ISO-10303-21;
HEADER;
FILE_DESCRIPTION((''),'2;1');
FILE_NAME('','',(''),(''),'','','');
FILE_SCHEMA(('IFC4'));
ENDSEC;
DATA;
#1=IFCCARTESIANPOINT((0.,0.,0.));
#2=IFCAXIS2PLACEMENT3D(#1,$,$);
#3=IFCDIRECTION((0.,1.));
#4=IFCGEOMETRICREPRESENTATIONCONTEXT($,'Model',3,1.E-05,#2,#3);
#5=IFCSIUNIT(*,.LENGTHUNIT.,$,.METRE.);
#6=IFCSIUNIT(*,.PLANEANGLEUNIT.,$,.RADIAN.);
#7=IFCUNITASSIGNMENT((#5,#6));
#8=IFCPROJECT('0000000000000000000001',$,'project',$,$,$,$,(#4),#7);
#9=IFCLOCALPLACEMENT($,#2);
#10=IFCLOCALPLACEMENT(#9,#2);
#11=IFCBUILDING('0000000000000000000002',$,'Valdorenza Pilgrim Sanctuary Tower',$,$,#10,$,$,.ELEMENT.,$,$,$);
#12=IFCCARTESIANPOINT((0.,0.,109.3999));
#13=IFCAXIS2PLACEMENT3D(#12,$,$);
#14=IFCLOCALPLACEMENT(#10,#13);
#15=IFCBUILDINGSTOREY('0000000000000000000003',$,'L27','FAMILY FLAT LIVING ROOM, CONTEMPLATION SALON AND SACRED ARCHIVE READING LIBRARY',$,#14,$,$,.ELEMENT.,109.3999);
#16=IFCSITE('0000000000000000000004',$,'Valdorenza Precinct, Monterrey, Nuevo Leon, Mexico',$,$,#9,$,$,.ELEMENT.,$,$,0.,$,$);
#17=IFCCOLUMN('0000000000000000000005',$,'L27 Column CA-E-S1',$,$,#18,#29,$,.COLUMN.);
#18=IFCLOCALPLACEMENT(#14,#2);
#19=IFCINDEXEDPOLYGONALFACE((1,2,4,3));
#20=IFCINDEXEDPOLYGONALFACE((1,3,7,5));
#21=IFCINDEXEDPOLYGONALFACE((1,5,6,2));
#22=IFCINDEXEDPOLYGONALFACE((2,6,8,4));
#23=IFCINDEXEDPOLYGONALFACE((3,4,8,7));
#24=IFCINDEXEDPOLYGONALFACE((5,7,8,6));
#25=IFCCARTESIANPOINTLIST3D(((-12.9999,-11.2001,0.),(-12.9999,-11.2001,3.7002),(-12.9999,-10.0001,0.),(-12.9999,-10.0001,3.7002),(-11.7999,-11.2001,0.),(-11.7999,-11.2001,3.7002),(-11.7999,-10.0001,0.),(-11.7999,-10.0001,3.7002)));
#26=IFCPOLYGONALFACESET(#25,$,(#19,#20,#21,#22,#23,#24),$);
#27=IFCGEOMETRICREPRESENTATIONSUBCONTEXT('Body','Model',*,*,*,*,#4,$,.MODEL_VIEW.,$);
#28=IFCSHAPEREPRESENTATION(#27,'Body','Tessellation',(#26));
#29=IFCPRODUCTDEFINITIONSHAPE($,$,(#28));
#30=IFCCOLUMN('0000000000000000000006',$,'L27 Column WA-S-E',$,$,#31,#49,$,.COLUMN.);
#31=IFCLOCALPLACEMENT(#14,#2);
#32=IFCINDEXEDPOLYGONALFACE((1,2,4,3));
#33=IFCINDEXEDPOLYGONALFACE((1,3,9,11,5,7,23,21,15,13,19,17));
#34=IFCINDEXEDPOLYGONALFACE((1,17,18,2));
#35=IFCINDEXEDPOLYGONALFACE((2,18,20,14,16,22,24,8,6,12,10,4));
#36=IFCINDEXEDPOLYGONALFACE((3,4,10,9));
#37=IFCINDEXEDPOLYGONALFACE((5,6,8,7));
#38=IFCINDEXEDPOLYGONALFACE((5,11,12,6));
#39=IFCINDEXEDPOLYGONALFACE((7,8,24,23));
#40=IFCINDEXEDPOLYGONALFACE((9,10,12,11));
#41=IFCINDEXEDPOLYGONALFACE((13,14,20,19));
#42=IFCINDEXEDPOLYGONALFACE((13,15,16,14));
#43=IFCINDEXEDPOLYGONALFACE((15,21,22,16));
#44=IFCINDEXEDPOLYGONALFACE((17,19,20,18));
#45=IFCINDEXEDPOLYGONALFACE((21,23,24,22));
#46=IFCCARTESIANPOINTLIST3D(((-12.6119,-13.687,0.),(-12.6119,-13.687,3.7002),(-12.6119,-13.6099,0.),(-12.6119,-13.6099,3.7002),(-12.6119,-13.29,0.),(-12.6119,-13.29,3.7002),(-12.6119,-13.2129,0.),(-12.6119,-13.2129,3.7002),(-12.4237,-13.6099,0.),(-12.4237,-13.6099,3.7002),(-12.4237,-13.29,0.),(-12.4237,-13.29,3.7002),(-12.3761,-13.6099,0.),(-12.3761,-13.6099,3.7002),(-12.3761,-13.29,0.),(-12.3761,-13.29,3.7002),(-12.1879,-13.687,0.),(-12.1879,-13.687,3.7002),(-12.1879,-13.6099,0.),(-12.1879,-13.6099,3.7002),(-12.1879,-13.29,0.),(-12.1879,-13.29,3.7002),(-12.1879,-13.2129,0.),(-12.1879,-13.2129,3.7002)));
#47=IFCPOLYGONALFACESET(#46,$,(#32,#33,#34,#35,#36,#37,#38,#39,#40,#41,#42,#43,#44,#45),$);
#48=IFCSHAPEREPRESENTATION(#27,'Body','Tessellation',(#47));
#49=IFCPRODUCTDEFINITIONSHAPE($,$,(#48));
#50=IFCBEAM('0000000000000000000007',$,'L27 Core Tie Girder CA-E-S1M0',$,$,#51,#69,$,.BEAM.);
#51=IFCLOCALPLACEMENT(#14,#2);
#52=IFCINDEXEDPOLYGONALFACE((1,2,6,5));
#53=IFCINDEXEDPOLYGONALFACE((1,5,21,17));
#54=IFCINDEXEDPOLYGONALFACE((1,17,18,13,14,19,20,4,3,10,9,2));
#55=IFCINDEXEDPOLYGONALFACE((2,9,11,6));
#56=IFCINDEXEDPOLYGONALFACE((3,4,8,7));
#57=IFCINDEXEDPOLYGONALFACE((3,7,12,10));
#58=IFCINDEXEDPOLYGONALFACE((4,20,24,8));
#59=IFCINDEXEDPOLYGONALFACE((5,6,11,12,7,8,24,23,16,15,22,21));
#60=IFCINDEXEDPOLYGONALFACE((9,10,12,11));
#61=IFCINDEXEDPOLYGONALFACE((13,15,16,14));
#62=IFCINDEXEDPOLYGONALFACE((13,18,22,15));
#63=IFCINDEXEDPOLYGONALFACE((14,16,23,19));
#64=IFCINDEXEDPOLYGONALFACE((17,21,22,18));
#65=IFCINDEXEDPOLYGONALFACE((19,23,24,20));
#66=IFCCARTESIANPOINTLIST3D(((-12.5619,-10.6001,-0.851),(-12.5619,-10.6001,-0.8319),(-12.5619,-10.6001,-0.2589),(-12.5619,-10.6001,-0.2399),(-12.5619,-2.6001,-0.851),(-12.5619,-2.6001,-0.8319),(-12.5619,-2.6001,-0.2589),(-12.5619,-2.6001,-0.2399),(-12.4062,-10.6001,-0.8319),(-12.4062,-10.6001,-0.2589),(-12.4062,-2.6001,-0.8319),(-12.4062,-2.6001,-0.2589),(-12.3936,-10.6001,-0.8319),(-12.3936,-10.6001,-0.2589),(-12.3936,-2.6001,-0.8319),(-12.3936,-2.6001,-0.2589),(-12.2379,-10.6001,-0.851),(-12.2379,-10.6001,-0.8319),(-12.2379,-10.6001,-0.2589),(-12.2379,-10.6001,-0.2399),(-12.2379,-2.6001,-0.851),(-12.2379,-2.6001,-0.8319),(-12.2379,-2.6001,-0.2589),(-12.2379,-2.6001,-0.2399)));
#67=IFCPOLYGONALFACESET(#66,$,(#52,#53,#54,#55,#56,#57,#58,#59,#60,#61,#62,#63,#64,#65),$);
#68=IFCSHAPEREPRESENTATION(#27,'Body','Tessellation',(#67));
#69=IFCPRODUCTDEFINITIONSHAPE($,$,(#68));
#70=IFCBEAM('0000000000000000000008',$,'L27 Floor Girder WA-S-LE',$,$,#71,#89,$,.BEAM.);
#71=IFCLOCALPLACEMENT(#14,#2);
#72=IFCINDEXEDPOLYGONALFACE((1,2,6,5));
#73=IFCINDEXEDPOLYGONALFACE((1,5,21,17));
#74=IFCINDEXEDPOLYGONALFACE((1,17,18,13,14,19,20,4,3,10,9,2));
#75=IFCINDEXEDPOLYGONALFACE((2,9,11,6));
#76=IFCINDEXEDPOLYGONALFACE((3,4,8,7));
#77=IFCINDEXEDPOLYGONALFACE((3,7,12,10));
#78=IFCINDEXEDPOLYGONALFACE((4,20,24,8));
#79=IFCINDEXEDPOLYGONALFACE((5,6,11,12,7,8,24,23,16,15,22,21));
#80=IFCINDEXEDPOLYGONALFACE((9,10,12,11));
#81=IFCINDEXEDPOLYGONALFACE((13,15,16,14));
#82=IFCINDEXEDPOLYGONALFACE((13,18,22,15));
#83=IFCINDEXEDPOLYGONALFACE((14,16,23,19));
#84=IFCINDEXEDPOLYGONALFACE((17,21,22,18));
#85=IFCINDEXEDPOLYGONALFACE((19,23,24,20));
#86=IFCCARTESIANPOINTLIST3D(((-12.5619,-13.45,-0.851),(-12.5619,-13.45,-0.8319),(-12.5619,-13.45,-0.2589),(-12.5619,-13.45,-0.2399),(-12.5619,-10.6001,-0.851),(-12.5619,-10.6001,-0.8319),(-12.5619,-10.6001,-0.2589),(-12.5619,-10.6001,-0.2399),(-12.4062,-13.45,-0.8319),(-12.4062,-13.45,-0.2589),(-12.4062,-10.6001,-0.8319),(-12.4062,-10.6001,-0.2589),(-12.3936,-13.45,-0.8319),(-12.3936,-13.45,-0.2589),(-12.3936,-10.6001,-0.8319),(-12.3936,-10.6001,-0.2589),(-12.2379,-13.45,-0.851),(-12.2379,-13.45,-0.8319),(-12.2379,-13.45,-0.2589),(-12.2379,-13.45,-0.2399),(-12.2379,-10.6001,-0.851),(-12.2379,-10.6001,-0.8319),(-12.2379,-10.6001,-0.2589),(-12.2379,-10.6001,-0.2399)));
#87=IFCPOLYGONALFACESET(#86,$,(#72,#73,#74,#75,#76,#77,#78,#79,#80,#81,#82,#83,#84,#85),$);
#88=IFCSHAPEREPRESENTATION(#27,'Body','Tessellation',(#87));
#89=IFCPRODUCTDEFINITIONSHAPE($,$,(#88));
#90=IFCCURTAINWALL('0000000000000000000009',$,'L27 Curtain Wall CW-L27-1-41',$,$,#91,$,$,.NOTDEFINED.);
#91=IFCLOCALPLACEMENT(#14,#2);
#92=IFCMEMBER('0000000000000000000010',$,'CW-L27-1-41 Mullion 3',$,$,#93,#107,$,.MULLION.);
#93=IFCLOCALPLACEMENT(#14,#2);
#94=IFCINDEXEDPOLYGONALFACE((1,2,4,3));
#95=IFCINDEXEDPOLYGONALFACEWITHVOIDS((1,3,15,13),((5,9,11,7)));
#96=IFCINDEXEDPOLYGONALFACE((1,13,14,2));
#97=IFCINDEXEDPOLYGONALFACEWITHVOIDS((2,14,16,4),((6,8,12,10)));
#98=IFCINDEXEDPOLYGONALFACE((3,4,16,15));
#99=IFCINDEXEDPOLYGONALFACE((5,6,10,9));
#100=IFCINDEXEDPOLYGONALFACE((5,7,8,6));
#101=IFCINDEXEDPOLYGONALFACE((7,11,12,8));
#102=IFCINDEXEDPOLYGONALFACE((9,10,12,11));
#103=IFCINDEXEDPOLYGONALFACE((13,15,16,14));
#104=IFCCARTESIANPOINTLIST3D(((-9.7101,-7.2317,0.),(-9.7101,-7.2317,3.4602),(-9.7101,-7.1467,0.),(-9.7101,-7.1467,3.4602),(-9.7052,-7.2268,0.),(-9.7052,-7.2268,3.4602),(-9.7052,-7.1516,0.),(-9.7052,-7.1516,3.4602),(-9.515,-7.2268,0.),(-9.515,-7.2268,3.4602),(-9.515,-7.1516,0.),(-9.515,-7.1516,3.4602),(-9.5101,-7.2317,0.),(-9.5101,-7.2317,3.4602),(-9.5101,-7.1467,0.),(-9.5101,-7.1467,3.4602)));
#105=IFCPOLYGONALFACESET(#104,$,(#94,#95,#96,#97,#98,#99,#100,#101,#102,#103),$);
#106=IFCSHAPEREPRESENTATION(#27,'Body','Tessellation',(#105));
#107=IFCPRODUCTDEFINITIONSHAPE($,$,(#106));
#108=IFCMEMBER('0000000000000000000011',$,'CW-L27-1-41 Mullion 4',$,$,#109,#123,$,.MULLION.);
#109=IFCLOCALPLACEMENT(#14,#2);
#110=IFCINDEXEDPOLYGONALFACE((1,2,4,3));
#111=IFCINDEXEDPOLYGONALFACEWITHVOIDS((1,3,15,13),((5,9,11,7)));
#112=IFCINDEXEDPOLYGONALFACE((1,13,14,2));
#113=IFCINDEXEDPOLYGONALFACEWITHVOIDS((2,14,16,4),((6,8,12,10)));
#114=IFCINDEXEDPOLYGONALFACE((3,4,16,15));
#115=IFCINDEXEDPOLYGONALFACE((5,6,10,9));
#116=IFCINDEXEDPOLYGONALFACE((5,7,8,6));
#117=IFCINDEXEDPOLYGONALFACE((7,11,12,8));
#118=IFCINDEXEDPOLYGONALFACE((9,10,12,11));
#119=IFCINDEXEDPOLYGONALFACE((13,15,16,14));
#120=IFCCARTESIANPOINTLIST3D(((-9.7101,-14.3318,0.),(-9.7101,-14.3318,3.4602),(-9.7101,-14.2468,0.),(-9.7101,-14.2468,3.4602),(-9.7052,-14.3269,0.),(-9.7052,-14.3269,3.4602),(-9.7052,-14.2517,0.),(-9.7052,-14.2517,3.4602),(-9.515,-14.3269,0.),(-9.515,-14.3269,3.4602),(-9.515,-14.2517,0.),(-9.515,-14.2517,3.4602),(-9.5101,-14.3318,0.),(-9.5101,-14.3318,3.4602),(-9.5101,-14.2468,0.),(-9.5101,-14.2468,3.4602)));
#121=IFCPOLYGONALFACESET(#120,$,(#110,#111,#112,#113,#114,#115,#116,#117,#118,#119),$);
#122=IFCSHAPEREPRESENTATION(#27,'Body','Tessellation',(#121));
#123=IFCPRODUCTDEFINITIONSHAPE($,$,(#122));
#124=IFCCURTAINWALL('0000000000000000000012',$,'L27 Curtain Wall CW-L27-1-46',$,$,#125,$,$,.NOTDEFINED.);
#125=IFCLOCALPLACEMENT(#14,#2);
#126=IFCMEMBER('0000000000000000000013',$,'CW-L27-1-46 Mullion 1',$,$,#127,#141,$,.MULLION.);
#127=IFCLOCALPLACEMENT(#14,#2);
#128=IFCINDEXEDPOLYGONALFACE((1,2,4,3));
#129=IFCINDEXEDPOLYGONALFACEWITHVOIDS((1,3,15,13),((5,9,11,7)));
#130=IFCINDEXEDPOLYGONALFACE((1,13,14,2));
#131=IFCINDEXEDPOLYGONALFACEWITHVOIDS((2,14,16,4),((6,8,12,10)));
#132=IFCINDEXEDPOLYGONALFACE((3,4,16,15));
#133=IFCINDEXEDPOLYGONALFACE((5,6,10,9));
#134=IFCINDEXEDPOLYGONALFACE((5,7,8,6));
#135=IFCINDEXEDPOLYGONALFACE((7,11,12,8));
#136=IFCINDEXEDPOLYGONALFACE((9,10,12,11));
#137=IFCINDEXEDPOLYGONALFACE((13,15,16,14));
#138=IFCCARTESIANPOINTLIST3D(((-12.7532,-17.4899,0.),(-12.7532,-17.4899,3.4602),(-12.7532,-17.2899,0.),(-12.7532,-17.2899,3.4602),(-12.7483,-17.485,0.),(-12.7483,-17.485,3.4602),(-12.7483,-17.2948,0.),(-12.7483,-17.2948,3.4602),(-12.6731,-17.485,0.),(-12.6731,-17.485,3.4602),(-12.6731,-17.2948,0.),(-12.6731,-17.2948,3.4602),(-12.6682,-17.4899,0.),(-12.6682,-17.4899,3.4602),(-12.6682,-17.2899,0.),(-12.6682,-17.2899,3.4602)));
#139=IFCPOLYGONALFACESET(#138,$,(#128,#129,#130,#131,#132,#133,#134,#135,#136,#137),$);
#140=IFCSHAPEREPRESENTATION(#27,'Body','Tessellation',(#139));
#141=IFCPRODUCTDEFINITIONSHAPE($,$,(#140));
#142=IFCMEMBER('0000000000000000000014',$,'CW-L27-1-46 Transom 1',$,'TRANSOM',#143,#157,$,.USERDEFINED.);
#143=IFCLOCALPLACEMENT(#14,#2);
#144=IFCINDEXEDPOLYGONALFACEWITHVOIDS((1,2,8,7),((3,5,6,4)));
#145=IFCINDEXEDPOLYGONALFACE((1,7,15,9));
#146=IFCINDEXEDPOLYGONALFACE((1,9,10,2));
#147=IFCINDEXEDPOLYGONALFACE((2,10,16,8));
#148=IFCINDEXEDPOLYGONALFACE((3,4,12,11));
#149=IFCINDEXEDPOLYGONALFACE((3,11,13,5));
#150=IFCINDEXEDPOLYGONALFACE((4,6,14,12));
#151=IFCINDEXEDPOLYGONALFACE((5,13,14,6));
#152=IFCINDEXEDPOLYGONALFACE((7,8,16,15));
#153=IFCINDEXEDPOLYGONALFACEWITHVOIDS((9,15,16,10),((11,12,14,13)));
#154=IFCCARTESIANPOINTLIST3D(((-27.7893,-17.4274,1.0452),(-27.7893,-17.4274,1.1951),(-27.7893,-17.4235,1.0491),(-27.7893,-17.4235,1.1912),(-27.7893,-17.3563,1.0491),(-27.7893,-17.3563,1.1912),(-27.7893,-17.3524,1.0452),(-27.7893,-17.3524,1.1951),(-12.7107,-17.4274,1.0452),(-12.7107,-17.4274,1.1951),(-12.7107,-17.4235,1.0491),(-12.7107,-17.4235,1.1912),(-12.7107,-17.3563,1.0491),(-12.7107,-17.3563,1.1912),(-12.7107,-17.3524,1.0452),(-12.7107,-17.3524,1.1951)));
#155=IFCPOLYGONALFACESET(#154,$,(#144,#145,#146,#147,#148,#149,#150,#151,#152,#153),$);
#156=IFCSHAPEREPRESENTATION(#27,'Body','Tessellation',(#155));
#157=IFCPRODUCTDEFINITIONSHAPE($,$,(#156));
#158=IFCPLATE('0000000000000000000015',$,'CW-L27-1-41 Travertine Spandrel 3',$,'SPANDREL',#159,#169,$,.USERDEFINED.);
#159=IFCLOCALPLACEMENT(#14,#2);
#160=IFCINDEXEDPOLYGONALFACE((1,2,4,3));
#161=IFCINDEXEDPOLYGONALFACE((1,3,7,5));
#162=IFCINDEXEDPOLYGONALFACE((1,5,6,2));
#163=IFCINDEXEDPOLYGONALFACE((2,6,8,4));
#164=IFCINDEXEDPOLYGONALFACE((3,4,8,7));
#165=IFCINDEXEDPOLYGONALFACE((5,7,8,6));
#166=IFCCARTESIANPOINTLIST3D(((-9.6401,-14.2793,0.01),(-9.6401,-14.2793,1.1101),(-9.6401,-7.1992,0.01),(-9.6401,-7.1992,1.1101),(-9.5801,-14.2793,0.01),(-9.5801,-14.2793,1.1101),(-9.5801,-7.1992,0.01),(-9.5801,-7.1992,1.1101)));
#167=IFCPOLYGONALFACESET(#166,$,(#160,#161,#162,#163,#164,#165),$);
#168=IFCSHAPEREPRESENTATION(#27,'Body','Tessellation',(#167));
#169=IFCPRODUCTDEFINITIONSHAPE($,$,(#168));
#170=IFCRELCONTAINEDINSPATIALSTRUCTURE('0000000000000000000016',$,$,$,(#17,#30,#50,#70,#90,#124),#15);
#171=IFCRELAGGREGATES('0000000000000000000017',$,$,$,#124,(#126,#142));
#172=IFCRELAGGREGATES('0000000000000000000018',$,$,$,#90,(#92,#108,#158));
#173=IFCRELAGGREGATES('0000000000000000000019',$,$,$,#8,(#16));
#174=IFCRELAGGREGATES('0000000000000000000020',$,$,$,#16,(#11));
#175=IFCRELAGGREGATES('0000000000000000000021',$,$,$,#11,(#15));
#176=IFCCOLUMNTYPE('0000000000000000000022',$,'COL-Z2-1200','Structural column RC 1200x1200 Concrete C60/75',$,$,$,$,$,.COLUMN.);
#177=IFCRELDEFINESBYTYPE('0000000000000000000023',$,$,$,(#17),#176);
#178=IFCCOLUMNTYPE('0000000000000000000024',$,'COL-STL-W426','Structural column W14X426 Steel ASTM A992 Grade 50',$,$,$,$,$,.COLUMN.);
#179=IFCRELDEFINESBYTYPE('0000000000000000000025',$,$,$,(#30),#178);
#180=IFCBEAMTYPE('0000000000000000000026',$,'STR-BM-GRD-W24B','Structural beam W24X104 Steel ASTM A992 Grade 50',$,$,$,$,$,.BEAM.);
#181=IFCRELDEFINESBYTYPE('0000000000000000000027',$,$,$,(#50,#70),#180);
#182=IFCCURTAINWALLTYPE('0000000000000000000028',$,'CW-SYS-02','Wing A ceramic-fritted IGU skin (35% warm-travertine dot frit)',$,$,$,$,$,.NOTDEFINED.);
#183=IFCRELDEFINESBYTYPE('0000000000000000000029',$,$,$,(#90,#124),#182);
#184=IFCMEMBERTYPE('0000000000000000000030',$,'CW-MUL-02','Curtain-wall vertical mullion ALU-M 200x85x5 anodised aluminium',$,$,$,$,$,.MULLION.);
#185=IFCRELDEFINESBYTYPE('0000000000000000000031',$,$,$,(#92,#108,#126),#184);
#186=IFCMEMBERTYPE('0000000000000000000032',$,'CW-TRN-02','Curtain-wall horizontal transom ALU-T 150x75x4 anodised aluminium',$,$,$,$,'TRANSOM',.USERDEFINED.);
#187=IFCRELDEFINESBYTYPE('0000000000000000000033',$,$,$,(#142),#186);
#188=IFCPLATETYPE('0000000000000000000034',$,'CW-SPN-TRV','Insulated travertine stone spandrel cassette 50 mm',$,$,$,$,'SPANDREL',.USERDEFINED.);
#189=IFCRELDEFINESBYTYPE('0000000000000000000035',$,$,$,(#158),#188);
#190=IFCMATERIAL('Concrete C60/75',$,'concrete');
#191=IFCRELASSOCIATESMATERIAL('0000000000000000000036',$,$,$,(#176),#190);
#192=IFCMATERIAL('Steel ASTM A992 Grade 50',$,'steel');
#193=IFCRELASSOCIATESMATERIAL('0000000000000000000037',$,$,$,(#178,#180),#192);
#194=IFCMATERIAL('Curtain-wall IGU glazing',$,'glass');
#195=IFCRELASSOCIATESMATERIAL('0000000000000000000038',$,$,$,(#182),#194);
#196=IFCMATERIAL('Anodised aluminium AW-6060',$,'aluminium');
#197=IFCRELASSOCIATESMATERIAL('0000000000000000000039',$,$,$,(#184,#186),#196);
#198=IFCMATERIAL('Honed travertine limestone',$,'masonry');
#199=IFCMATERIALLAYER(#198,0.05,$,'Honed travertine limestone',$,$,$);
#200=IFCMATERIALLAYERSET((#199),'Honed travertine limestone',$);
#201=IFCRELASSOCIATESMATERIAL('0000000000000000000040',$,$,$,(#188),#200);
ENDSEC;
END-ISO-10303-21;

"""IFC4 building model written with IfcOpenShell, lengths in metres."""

from ifc_helpers import new_model, si_unit, direction, frame, origin, origin_2d, place, context, subcontext, project, spatial, rectangle, hollow_rectangle, i_section, extrude, source, transform, mapped, material, layer, layer_set, material_profile, profile_set, type_object, element, aggregate, save


model = new_model("IFC4")

# Units and contexts
model_context = context("Model", 3, precision=1e-05, world=origin(), true_north=direction((0.0, 1.0)))
body_context = subcontext(model_context, "Body", "Model", "MODEL_VIEW")
ifc_project = project(units=[si_unit("LENGTHUNIT", "METRE"), si_unit("PLANEANGLEUNIT", "RADIAN")], contexts=[model_context])

# Site, building, storey
site_placement = place(None, origin())
site = spatial("IfcSite", under=ifc_project, at=site_placement, Name="Valdorenza Precinct, Monterrey, Nuevo Leon, Mexico", CompositionType="ELEMENT", RefElevation=0.0)
building_placement = place(site_placement, origin())
building = spatial("IfcBuilding", under=site, at=building_placement, Name="Valdorenza Pilgrim Sanctuary Tower", CompositionType="ELEMENT")
storey_placement = place(building_placement, frame((0.0, 0.0, 109.3999)))
storey = spatial("IfcBuildingStorey", under=building, at=storey_placement, Name="L27", Description="FAMILY FLAT LIVING ROOM, CONTEMPLATION SALON AND SACRED ARCHIVE READING LIBRARY", CompositionType="ELEMENT", Elevation=109.3999)

# Columns
ifc_material_1 = material(Name="Concrete C60/75", Category="concrete")
ifc_material_profile_1 = material_profile(ifc_material_1, rectangle(XDim=1.2, YDim=1.2, at=origin_2d()), Name="RC 1200x1200")
ifc_profile_set_1 = profile_set([ifc_material_profile_1], Name="Concrete C60/75")
column_type_1 = type_object("IfcColumnType", Name="COL-Z2-1200", Description="Structural column RC 1200x1200 Concrete C60/75", PredefinedType="COLUMN", material=ifc_profile_set_1)
shared_shape_1 = source(origin(), body_context, "Body", "SweptSolid", [
    extrude(rectangle(XDim=1.2, YDim=1.2, at=origin_2d()), origin(), (0.0, 0.0, 1.0), 3.7002),
])
column_1_placement = place(storey_placement, frame((-12.3999, -10.6001, 0.0), z_axis=(0.0, 0.0, 1.0), x_axis=(1.0, 0.0, 0.0)))
element("IfcColumn", 1, at=column_1_placement, inside=storey, type_object=column_type_1, Name="L27 Column CA-E-S1", PredefinedType="COLUMN", context=body_context, shape_type="MappedRepresentation", body=[
    mapped(shared_shape_1, transform((0.0, 0.0, 0.0), x_axis=(1.0, 0.0, 0.0), y_axis=(0.0, 1.0, 0.0), z_axis=(0.0, 0.0, 1.0), scale=1.0)),
])
ifc_material_2 = material(Name="Steel ASTM A992 Grade 50", Category="steel")
ifc_material_profile_2 = material_profile(ifc_material_2, i_section(OverallWidth=0.4241, OverallDepth=0.4741, WebThickness=0.0476, FlangeThickness=0.0771, at=origin_2d()), Name="W14X426")
ifc_profile_set_2 = profile_set([ifc_material_profile_2], Name="Steel ASTM A992 Grade 50")
column_type_2 = type_object("IfcColumnType", Name="COL-STL-W426", Description="Structural column W14X426 Steel ASTM A992 Grade 50", PredefinedType="COLUMN", material=ifc_profile_set_2)
shared_shape_2 = source(origin(), body_context, "Body", "SweptSolid", [
    extrude(i_section(OverallWidth=0.4241, OverallDepth=0.4741, WebThickness=0.0476, FlangeThickness=0.0771, at=origin_2d()), origin(), (0.0, 0.0, 1.0), 3.7002),
])
column_2_placement = place(storey_placement, frame((-12.3999, -13.45, 0.0), z_axis=(0.0, 0.0, 1.0), x_axis=(1.0, 0.0, 0.0)))
element("IfcColumn", 2, at=column_2_placement, inside=storey, type_object=column_type_2, Name="L27 Column WA-S-E", PredefinedType="COLUMN", context=body_context, shape_type="MappedRepresentation", body=[
    mapped(shared_shape_2, transform((0.0, 0.0, 0.0), x_axis=(1.0, 0.0, 0.0), y_axis=(0.0, 1.0, 0.0), z_axis=(0.0, 0.0, 1.0), scale=1.0)),
])

# Beams
ifc_material_profile_3 = material_profile(ifc_material_2, i_section(OverallWidth=0.324, OverallDepth=0.6111, WebThickness=0.0127, FlangeThickness=0.019, at=origin_2d()), Name="W24X104")
ifc_profile_set_3 = profile_set([ifc_material_profile_3], Name="Steel ASTM A992 Grade 50")
beam_type = type_object("IfcBeamType", Name="STR-BM-GRD-W24B", Description="Structural beam W24X104 Steel ASTM A992 Grade 50", PredefinedType="BEAM", material=ifc_profile_set_3)
shared_shape_3 = source(origin(), body_context, "Body", "SweptSolid", [
    extrude(i_section(OverallWidth=0.324, OverallDepth=0.6111, WebThickness=0.0127, FlangeThickness=0.019, at=origin_2d()), origin(), (0.0, 0.0, 1.0), 8.0),
])
beam_1_placement = place(storey_placement, frame((-12.3999, -10.6001, -0.5454), z_axis=(0.0, 1.0, 0.0), x_axis=(-1.0, 0.0, 0.0)))
element("IfcBeam", 3, at=beam_1_placement, inside=storey, type_object=beam_type, Name="L27 Core Tie Girder CA-E-S1M0", PredefinedType="BEAM", context=body_context, shape_type="MappedRepresentation", body=[
    mapped(shared_shape_3, transform((0.0, 0.0, 0.0), x_axis=(1.0, 0.0, 0.0), y_axis=(0.0, 1.0, 0.0), z_axis=(0.0, 0.0, 1.0), scale=1.0)),
])
shared_shape_4 = source(origin(), body_context, "Body", "SweptSolid", [
    extrude(i_section(OverallWidth=0.324, OverallDepth=0.6111, WebThickness=0.0127, FlangeThickness=0.019, at=origin_2d()), origin(), (0.0, 0.0, 1.0), 2.8499),
])
beam_2_placement = place(storey_placement, frame((-12.3999, -13.45, -0.5454), z_axis=(0.0, 1.0, 0.0), x_axis=(-1.0, 0.0, 0.0)))
element("IfcBeam", 4, at=beam_2_placement, inside=storey, type_object=beam_type, Name="L27 Floor Girder WA-S-LE", PredefinedType="BEAM", context=body_context, shape_type="MappedRepresentation", body=[
    mapped(shared_shape_4, transform((0.0, 0.0, 0.0), x_axis=(1.0, 0.0, 0.0), y_axis=(0.0, 1.0, 0.0), z_axis=(0.0, 0.0, 1.0), scale=1.0)),
])

# Curtain walls, members
ifc_material_3 = material(Name="Curtain-wall IGU glazing", Category="glass")
curtain_wall_type = type_object("IfcCurtainWallType", Name="CW-SYS-02", Description="Wing A ceramic-fritted IGU skin (35% warm-travertine dot frit)", PredefinedType="NOTDEFINED", material=ifc_material_3)
curtain_wall_1_placement = place(storey_placement, origin())
curtain_wall_1 = element("IfcCurtainWall", 5, at=curtain_wall_1_placement, inside=storey, type_object=curtain_wall_type, Name="L27 Curtain Wall CW-L27-1-41", PredefinedType="NOTDEFINED")
ifc_material_4 = material(Name="Anodised aluminium AW-6060", Category="aluminium")
ifc_material_profile_4 = material_profile(ifc_material_4, hollow_rectangle(XDim=0.085, YDim=0.2, WallThickness=0.0049, at=origin_2d()), Name="ALU-M 200x85x5")
ifc_profile_set_4 = profile_set([ifc_material_profile_4], Name="Anodised aluminium AW-6060")
member_type_1 = type_object("IfcMemberType", Name="CW-MUL-02", Description="Curtain-wall vertical mullion ALU-M 200x85x5 anodised aluminium", PredefinedType="MULLION", material=ifc_profile_set_4)
shared_shape_5 = source(origin(), body_context, "Body", "SweptSolid", [
    extrude(hollow_rectangle(XDim=0.085, YDim=0.2, WallThickness=0.0049, at=origin_2d()), origin(), (0.0, 0.0, 1.0), 3.4602),
])
member_1_placement = place(storey_placement, frame((-9.6101, -7.1892, 0.0), z_axis=(0.0, 0.0, 1.0), x_axis=(0.0, -1.0, 0.0)))
member_1 = element("IfcMember", 6, at=member_1_placement, type_object=member_type_1, Name="CW-L27-1-41 Mullion 3", PredefinedType="MULLION", context=body_context, shape_type="MappedRepresentation", body=[
    mapped(shared_shape_5, transform((0.0, 0.0, 0.0), x_axis=(1.0, 0.0, 0.0), y_axis=(0.0, 1.0, 0.0), z_axis=(0.0, 0.0, 1.0), scale=1.0)),
])
member_2_placement = place(storey_placement, frame((-9.6101, -14.2893, 0.0), z_axis=(0.0, 0.0, 1.0), x_axis=(0.0, -1.0, 0.0)))
member_2 = element("IfcMember", 7, at=member_2_placement, type_object=member_type_1, Name="CW-L27-1-41 Mullion 4", PredefinedType="MULLION", context=body_context, shape_type="MappedRepresentation", body=[
    mapped(shared_shape_5, transform((0.0, 0.0, 0.0), x_axis=(1.0, 0.0, 0.0), y_axis=(0.0, 1.0, 0.0), z_axis=(0.0, 0.0, 1.0), scale=1.0)),
])
curtain_wall_2_placement = place(storey_placement, origin())
curtain_wall_2 = element("IfcCurtainWall", 8, at=curtain_wall_2_placement, inside=storey, type_object=curtain_wall_type, Name="L27 Curtain Wall CW-L27-1-46", PredefinedType="NOTDEFINED")
member_3_placement = place(storey_placement, frame((-12.7107, -17.3899, 0.0), z_axis=(0.0, 0.0, 1.0), x_axis=(-1.0, 0.0, 0.0)))
member_3 = element("IfcMember", 9, at=member_3_placement, type_object=member_type_1, Name="CW-L27-1-46 Mullion 1", PredefinedType="MULLION", context=body_context, shape_type="MappedRepresentation", body=[
    mapped(shared_shape_5, transform((0.0, 0.0, 0.0), x_axis=(1.0, 0.0, 0.0), y_axis=(0.0, 1.0, 0.0), z_axis=(0.0, 0.0, 1.0), scale=1.0)),
])
ifc_material_profile_5 = material_profile(ifc_material_4, hollow_rectangle(XDim=0.075, YDim=0.1499, WallThickness=0.0039, at=origin_2d()), Name="ALU-T 150x75x4")
ifc_profile_set_5 = profile_set([ifc_material_profile_5], Name="Anodised aluminium AW-6060")
member_type_2 = type_object("IfcMemberType", Name="CW-TRN-02", Description="Curtain-wall horizontal transom ALU-T 150x75x4 anodised aluminium", ElementType="TRANSOM", PredefinedType="USERDEFINED", material=ifc_profile_set_5)
shared_shape_6 = source(origin(), body_context, "Body", "SweptSolid", [
    extrude(hollow_rectangle(XDim=0.075, YDim=0.1499, WallThickness=0.0039, at=origin_2d()), origin(), (0.0, 0.0, 1.0), 15.0786),
])
member_4_placement = place(storey_placement, frame((-12.7107, -17.3899, 1.1201), z_axis=(-1.0, 0.0, 0.0), x_axis=(0.0, -1.0, 0.0)))
member_4 = element("IfcMember", 10, at=member_4_placement, type_object=member_type_2, Name="CW-L27-1-46 Transom 1", ObjectType="TRANSOM", PredefinedType="USERDEFINED", context=body_context, shape_type="MappedRepresentation", body=[
    mapped(shared_shape_6, transform((0.0, 0.0, 0.0), x_axis=(1.0, 0.0, 0.0), y_axis=(0.0, 1.0, 0.0), z_axis=(0.0, 0.0, 1.0), scale=1.0)),
])
aggregate(curtain_wall_2, [member_3, member_4])

# Plate
ifc_material_5 = material(Name="Honed travertine limestone", Category="masonry")
ifc_layer_1 = layer(ifc_material_5, 0.05, Name="Honed travertine limestone")
ifc_layer_set_1 = layer_set([ifc_layer_1], Name="Honed travertine limestone")
plate_type_1 = type_object("IfcPlateType", Name="CW-SPN-TRV", Description="Insulated travertine stone spandrel cassette 50 mm", ElementType="SPANDREL", PredefinedType="USERDEFINED", material=ifc_layer_set_1)
shared_shape_7 = source(origin(), body_context, "Body", "SweptSolid", [
    extrude(rectangle(XDim=7.0801, YDim=0.0601, at=origin_2d()), origin(), (0.0, 0.0, 1.0), 1.1001),
])
plate_1_placement = place(storey_placement, frame((-9.6101, -10.7393, 0.01), z_axis=(0.0, 0.0, 1.0), x_axis=(0.0, -1.0, 0.0)))
plate_1 = element("IfcPlate", 11, at=plate_1_placement, type_object=plate_type_1, Name="CW-L27-1-41 Travertine Spandrel 3", ObjectType="SPANDREL", PredefinedType="USERDEFINED", context=body_context, shape_type="MappedRepresentation", body=[
    mapped(shared_shape_7, transform((0.0, 0.0, 0.0), x_axis=(1.0, 0.0, 0.0), y_axis=(0.0, 1.0, 0.0), z_axis=(0.0, 0.0, 1.0), scale=1.0)),
])
aggregate(curtain_wall_1, [member_1, member_2, plate_1])

save(model, "model.ifc")
